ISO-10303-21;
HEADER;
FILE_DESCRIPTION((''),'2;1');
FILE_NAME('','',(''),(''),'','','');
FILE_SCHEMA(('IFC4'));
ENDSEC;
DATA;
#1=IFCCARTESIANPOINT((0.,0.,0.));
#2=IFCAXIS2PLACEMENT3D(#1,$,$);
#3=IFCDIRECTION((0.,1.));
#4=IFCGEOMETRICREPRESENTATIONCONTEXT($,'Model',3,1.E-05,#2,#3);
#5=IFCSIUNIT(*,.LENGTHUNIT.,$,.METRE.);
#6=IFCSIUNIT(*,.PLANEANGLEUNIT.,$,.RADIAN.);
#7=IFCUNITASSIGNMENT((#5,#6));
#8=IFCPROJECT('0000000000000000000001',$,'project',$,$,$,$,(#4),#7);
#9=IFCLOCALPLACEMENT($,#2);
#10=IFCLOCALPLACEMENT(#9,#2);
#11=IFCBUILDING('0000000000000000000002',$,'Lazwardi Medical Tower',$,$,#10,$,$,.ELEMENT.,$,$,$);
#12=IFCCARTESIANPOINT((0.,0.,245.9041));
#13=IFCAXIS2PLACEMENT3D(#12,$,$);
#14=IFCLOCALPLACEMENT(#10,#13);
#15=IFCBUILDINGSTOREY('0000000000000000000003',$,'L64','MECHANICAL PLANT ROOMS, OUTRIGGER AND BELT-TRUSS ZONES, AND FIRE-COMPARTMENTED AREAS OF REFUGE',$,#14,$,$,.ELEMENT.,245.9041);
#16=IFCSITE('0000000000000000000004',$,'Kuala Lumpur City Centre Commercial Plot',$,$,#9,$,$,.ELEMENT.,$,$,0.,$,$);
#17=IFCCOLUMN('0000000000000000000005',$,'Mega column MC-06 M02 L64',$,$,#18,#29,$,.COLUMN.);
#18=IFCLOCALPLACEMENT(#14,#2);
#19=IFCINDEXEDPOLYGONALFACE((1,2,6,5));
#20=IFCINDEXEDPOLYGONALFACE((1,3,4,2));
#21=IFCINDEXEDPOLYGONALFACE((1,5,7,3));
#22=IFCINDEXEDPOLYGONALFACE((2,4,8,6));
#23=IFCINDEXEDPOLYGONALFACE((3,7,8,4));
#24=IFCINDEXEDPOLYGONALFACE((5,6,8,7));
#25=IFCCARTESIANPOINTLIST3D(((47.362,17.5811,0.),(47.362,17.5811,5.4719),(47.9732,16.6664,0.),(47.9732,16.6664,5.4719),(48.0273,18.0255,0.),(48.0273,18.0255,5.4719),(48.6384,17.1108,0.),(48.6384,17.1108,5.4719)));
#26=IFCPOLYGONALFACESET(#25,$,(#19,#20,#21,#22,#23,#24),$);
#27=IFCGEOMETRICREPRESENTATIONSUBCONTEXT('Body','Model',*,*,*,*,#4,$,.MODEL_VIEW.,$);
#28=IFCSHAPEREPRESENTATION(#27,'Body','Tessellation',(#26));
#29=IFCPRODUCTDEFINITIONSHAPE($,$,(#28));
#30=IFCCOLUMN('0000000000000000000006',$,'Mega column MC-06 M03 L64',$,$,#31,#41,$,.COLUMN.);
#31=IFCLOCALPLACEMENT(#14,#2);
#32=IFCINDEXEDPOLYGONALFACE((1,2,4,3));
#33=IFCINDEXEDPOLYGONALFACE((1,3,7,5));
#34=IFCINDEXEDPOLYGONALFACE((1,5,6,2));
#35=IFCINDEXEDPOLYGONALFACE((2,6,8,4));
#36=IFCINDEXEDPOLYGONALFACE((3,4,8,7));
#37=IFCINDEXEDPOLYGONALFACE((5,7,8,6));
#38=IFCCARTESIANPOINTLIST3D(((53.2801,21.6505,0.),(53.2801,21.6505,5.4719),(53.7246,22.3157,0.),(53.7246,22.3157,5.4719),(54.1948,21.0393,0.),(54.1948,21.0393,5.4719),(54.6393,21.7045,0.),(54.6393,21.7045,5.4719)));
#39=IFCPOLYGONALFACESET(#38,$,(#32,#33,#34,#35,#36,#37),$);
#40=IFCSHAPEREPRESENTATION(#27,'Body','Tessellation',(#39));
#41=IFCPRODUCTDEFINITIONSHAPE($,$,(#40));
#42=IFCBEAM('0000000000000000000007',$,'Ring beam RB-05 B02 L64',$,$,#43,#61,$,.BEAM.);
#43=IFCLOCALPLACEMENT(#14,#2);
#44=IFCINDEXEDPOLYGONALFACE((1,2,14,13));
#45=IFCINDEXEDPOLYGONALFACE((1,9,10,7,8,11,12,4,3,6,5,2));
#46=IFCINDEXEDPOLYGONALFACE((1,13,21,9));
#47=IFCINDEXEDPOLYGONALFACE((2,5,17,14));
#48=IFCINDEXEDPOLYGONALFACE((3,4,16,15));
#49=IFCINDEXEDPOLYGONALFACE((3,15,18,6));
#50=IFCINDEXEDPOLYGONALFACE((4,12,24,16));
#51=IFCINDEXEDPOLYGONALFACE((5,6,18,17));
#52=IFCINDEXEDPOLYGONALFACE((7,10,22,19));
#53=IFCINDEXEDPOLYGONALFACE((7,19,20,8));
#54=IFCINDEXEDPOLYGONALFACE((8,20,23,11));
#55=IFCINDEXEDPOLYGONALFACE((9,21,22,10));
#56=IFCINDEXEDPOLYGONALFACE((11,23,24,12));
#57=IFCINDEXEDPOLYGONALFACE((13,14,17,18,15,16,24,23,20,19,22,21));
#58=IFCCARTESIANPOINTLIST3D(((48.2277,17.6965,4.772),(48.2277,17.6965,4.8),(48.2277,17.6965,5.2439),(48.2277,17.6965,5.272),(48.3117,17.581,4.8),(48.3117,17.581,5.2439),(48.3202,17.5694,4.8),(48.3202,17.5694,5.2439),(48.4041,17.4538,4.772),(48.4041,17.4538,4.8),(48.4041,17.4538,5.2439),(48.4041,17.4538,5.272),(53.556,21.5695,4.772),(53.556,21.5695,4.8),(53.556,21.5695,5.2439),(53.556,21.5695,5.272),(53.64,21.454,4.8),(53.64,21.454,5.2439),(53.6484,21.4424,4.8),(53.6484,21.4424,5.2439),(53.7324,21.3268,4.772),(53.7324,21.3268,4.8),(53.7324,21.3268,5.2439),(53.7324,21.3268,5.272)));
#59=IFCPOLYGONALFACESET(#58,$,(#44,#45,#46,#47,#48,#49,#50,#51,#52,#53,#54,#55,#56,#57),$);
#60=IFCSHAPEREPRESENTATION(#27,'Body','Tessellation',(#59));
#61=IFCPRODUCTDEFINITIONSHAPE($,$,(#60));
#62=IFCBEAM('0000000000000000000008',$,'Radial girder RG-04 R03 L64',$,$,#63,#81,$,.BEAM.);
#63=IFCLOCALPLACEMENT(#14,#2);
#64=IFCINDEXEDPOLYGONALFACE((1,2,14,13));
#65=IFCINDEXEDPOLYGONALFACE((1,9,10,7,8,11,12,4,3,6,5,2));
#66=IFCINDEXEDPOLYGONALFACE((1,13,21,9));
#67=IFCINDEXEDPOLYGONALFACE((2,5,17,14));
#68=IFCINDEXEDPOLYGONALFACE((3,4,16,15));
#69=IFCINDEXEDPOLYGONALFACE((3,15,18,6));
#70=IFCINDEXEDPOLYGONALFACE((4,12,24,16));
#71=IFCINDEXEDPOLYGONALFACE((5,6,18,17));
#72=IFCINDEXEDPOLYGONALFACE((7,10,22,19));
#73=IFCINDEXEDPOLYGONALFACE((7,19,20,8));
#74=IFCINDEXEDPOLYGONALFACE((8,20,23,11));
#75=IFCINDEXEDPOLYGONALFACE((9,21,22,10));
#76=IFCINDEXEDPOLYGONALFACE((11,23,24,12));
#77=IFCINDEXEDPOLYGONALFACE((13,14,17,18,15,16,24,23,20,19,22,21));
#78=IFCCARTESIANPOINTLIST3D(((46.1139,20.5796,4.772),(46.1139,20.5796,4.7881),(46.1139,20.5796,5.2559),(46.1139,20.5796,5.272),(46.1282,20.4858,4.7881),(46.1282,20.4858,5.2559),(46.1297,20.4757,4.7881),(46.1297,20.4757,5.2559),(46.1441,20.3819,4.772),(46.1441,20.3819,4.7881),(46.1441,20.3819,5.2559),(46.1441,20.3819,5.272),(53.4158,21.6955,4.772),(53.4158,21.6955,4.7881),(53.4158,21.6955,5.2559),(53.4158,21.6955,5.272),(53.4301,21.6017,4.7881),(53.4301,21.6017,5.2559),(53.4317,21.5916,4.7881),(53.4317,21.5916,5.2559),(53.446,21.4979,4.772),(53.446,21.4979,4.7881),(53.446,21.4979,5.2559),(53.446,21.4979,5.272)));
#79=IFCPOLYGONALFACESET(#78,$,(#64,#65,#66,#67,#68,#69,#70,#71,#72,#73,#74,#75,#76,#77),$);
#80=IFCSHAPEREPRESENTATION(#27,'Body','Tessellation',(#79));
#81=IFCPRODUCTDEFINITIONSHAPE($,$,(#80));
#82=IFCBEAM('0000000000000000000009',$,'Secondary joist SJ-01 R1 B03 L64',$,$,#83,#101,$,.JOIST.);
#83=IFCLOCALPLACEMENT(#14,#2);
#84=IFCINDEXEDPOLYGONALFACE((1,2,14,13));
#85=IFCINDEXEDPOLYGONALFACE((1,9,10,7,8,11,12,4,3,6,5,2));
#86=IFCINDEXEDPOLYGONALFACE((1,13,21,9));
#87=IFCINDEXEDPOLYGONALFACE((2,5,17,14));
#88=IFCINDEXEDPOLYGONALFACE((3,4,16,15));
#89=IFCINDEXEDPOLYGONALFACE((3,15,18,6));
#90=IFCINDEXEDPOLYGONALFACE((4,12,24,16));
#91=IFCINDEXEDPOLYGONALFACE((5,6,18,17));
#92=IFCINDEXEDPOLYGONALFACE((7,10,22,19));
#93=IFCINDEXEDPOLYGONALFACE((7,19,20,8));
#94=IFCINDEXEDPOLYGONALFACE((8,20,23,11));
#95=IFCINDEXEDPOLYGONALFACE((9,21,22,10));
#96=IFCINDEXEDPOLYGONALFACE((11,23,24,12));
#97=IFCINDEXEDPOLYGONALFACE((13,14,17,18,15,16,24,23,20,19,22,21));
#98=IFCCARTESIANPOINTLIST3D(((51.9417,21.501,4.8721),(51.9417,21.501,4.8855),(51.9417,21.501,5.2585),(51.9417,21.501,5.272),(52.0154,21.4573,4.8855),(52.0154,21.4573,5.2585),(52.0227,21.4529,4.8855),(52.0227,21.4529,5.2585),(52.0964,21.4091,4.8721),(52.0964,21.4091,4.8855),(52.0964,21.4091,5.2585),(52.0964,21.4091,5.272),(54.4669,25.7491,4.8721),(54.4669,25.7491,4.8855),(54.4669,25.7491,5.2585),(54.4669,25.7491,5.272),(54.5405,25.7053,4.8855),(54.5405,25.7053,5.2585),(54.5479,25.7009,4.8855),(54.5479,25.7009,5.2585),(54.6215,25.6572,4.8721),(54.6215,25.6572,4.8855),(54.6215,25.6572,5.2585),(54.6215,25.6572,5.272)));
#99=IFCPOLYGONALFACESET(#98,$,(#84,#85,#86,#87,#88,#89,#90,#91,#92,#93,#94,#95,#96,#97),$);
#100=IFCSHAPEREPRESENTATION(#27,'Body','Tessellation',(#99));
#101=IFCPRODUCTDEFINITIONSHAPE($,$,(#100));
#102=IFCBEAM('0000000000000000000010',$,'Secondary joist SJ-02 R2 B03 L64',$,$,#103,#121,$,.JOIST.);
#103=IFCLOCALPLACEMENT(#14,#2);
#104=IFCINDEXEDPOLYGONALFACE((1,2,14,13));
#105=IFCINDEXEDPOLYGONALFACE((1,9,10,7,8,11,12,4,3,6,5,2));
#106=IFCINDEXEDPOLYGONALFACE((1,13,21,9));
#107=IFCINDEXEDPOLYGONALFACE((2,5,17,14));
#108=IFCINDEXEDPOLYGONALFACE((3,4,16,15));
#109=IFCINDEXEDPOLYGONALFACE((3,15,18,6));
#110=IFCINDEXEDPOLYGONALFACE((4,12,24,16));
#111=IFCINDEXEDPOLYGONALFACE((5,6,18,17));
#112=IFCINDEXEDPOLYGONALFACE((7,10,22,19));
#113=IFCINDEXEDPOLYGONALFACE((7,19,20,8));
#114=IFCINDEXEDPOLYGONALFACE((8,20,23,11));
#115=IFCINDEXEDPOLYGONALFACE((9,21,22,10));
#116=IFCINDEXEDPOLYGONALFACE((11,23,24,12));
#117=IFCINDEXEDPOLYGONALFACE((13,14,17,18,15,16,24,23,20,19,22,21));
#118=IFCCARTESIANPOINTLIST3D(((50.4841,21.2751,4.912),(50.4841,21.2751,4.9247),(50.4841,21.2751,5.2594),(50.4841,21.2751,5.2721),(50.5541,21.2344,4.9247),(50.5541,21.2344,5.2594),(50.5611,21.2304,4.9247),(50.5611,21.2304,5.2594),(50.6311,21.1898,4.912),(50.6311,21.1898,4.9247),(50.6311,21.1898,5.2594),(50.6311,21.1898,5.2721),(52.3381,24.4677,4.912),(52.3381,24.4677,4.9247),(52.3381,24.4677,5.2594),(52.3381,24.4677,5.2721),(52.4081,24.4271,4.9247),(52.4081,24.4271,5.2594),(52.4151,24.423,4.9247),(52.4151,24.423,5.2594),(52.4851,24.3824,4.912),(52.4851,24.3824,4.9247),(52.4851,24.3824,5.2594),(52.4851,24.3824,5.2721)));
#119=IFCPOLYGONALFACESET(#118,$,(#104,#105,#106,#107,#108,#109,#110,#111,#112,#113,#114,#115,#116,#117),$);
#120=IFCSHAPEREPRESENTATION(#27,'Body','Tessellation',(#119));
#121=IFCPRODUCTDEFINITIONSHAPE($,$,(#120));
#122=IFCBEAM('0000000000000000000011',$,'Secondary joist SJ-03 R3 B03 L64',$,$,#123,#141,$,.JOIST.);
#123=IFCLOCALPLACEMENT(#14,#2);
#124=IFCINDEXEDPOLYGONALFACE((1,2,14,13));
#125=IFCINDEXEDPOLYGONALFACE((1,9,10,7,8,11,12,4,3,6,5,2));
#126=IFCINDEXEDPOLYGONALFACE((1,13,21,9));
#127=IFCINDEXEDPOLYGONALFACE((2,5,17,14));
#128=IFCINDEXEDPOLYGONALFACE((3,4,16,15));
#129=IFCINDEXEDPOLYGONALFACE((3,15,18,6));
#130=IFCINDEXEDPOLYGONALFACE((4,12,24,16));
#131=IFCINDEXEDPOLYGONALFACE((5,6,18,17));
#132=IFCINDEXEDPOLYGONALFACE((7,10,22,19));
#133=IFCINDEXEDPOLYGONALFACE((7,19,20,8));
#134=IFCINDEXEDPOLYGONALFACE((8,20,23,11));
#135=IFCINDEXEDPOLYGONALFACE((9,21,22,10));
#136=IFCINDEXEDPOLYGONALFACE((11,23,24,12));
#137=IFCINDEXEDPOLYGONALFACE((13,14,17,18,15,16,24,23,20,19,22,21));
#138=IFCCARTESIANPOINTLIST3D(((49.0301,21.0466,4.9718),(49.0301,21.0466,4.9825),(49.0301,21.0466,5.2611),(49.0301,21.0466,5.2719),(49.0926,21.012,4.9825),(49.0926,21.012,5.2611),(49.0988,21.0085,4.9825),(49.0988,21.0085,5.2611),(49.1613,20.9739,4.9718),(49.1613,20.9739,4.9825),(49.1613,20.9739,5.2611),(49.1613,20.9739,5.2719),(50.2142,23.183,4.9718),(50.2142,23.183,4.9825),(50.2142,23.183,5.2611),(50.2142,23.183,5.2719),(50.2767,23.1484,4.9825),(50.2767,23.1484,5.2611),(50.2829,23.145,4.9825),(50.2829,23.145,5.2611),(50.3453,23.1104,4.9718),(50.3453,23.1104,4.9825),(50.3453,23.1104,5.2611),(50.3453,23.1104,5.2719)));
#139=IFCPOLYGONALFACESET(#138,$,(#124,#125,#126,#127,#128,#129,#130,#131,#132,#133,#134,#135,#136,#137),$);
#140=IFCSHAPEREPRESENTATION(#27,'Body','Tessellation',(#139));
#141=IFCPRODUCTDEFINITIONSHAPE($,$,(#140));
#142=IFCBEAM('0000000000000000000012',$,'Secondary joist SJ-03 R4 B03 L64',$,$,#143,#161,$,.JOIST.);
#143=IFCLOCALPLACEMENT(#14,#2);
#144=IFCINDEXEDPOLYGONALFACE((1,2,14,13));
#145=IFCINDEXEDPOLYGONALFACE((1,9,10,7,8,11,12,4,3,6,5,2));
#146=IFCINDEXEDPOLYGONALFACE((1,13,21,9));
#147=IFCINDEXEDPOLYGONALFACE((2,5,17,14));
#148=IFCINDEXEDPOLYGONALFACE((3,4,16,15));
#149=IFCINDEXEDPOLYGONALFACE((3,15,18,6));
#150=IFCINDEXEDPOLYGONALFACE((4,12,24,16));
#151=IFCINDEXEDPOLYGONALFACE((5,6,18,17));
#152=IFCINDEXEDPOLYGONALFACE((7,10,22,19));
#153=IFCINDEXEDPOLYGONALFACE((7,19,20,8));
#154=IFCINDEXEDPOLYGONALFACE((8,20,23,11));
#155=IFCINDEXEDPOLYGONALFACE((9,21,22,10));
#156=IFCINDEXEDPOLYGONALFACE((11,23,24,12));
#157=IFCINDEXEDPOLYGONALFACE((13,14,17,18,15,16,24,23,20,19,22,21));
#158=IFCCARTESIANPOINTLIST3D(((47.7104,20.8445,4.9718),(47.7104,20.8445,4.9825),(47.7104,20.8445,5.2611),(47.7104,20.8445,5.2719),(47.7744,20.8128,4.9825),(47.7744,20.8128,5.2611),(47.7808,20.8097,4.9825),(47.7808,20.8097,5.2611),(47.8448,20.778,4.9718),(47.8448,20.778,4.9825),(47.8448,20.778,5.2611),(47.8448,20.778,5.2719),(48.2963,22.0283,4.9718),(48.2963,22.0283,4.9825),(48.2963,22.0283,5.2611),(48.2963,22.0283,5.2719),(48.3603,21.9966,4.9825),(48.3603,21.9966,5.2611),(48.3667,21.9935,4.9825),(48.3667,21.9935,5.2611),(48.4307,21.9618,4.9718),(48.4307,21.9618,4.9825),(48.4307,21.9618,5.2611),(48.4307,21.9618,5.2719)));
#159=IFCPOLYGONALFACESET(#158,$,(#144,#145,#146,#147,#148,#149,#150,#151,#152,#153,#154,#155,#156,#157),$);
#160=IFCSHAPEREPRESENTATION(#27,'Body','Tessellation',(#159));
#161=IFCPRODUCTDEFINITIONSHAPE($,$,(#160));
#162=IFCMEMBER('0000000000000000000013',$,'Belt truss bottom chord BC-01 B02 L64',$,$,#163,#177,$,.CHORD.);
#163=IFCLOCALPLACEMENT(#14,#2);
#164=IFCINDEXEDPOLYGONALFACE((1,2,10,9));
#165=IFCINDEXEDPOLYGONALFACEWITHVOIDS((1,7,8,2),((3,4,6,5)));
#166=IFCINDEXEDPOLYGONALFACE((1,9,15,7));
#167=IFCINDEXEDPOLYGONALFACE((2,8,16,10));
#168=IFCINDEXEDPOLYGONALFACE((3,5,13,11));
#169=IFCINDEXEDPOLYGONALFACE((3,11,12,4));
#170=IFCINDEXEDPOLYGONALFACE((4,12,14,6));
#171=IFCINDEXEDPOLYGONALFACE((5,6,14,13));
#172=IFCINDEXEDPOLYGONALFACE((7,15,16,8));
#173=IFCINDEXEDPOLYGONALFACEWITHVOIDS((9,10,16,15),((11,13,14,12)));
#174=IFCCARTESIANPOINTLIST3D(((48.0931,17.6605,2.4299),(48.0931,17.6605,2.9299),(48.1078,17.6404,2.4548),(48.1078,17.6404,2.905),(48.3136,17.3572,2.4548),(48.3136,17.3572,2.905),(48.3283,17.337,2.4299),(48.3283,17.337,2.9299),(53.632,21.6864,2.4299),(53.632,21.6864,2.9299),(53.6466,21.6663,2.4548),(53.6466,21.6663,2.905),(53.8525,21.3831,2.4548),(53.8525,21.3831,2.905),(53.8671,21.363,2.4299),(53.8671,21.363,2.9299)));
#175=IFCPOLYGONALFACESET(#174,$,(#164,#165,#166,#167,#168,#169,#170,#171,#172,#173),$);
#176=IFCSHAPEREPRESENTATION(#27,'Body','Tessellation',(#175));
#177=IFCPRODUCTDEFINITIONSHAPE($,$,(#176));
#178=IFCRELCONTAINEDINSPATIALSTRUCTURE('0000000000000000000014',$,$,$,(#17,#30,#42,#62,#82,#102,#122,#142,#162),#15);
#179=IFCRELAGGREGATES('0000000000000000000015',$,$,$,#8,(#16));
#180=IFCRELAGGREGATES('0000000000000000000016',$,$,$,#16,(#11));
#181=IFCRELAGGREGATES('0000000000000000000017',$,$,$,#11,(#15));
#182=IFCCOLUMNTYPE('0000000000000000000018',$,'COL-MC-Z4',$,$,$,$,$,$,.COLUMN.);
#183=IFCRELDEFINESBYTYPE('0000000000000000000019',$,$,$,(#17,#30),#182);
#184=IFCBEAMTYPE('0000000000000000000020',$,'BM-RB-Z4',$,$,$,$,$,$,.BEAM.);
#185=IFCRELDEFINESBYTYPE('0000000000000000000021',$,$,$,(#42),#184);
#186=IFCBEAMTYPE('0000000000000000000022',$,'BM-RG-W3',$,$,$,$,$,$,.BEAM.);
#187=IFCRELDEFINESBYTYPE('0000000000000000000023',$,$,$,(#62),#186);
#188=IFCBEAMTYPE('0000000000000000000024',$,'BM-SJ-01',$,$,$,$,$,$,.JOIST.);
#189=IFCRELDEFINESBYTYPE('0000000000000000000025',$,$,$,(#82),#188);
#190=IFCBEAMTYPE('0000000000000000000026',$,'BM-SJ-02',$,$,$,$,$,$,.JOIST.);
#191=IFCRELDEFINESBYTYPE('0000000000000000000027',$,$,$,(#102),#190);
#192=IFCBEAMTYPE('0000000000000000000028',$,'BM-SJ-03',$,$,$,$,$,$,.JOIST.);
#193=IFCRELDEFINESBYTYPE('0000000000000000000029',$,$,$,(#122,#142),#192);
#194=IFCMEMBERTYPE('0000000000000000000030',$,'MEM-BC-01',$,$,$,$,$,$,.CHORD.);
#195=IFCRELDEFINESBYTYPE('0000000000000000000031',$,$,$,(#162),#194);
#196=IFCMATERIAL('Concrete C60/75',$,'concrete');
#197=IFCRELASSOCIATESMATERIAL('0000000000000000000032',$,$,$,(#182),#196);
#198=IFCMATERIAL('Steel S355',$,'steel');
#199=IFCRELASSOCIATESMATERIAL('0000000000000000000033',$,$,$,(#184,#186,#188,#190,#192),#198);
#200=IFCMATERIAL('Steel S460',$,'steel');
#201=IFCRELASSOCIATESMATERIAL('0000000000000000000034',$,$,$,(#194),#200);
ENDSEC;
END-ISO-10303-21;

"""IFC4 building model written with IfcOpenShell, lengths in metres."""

from ifc_helpers import new_model, si_unit, direction, frame, origin, origin_2d, place, context, subcontext, project, spatial, rectangle, hollow_rectangle, i_section, extrude, material, material_profile, profile_set, type_object, element, save


model = new_model("IFC4")

# Units and contexts
model_context = context("Model", 3, precision=1e-05, world=origin(), true_north=direction((0.0, 1.0)))
body_context = subcontext(model_context, "Body", "Model", "MODEL_VIEW")
ifc_project = project(units=[si_unit("LENGTHUNIT", "METRE"), si_unit("PLANEANGLEUNIT", "RADIAN")], contexts=[model_context])

# Site, building, storey
site_placement = place(None, origin())
site = spatial("IfcSite", under=ifc_project, at=site_placement, Name="Kuala Lumpur City Centre Commercial Plot", CompositionType="ELEMENT", RefElevation=0.0)
building_placement = place(site_placement, origin())
building = spatial("IfcBuilding", under=site, at=building_placement, Name="Lazwardi Medical Tower", CompositionType="ELEMENT")
storey_placement = place(building_placement, frame((0.0, 0.0, 245.9041)))
storey = spatial("IfcBuildingStorey", under=building, at=storey_placement, Name="L64", Description="MECHANICAL PLANT ROOMS, OUTRIGGER AND BELT-TRUSS ZONES, AND FIRE-COMPARTMENTED AREAS OF REFUGE", CompositionType="ELEMENT", Elevation=245.9041)

# Columns
ifc_material_1 = material(Name="Concrete C60/75", Category="concrete")
ifc_material_profile_1 = material_profile(ifc_material_1, rectangle(XDim=1.1001, YDim=0.8, at=origin_2d()), Name="CFT-RECT 1100x800")
ifc_profile_set_1 = profile_set([ifc_material_profile_1], Name="Concrete C60/75")
column_type = type_object("IfcColumnType", Name="COL-MC-Z4", PredefinedType="COLUMN", material=ifc_profile_set_1)
for number, where, z_axis, x_axis, name in (
    (1, (48.0002, 17.3459, 0.0), (0.0, 0.0, 1.0), (0.55557, -0.83147, 0.0), "Mega column MC-06 M02 L64"),
    (2, (53.9597, 21.6775, 0.0), (0.0, 0.0, 1.0), (0.83147, -0.55557, 0.0), "Mega column MC-06 M03 L64"),
):
    element("IfcColumn", number, at=place(storey_placement, frame(where, z_axis=z_axis, x_axis=x_axis)), inside=storey, type_object=column_type, Name=name, PredefinedType="COLUMN", context=body_context, shape_type="SweptSolid", body=[
        extrude(rectangle(XDim=1.1001, YDim=0.8, at=origin_2d()), origin(), (0.0, 0.0, 1.0), 5.4719),
    ])

# Beams
ifc_material_2 = material(Name="Steel S355", Category="steel")
ifc_material_profile_2 = material_profile(ifc_material_2, i_section(OverallWidth=0.3, OverallDepth=0.5, WebThickness=0.0144, FlangeThickness=0.0281, at=origin_2d()), Name="HEB 500")
ifc_profile_set_2 = profile_set([ifc_material_profile_2], Name="Steel S355")
beam_type_1 = type_object("IfcBeamType", Name="BM-RB-Z4", PredefinedType="BEAM", material=ifc_profile_set_2)
beam_1_placement = place(storey_placement, frame((48.3159, 17.5752, 5.022), z_axis=(0.80889, 0.58796, 0.0), x_axis=(-0.58796, 0.80889, 0.0)))
element("IfcBeam", 3, at=beam_1_placement, inside=storey, type_object=beam_type_1, Name="Ring beam RB-05 B02 L64", PredefinedType="BEAM", context=body_context, shape_type="SweptSolid", body=[
    extrude(i_section(OverallWidth=0.3, OverallDepth=0.5, WebThickness=0.0144, FlangeThickness=0.0281, at=origin_2d()), origin(), (0.0, 0.0, 1.0), 6.5872),
])
ifc_material_profile_3 = material_profile(ifc_material_2, i_section(OverallWidth=0.2, OverallDepth=0.5, WebThickness=0.0103, FlangeThickness=0.0161, at=origin_2d()), Name="IPE 500")
ifc_profile_set_3 = profile_set([ifc_material_profile_3], Name="Steel S355")
beam_type_2 = type_object("IfcBeamType", Name="BM-RG-W3", PredefinedType="BEAM", material=ifc_profile_set_3)
beam_2_placement = place(storey_placement, frame((53.4309, 21.5967, 5.022), z_axis=(-0.988522, -0.151076, 0.0), x_axis=(0.151076, -0.988522, 0.0)))
element("IfcBeam", 4, at=beam_2_placement, inside=storey, type_object=beam_type_2, Name="Radial girder RG-04 R03 L64", PredefinedType="BEAM", context=body_context, shape_type="SweptSolid", body=[
    extrude(i_section(OverallWidth=0.2, OverallDepth=0.5, WebThickness=0.0103, FlangeThickness=0.0161, at=origin_2d()), origin(), (0.0, 0.0, 1.0), 7.3867),
])
ifc_material_profile_4 = material_profile(ifc_material_2, i_section(OverallWidth=0.1799, OverallDepth=0.3999, WebThickness=0.0085, FlangeThickness=0.0134, at=origin_2d()), Name="IPE 400")
ifc_profile_set_4 = profile_set([ifc_material_profile_4], Name="Steel S355")
beam_type_3 = type_object("IfcBeamType", Name="BM-SJ-01", PredefinedType="JOIST", material=ifc_profile_set_4)
beam_3_placement = place(storey_placement, frame((52.019, 21.4551, 5.072), z_axis=(0.510968, 0.8596, 0.0), x_axis=(-0.8596, 0.510968, 0.0)))
element("IfcBeam", 5, at=beam_3_placement, inside=storey, type_object=beam_type_3, Name="Secondary joist SJ-01 R1 B03 L64", PredefinedType="JOIST", context=body_context, shape_type="SweptSolid", body=[
    extrude(i_section(OverallWidth=0.1799, OverallDepth=0.3999, WebThickness=0.0085, FlangeThickness=0.0134, at=origin_2d()), origin(), (0.0, 0.0, 1.0), 4.9419),
])
ifc_material_profile_5 = material_profile(ifc_material_2, i_section(OverallWidth=0.1699, OverallDepth=0.3601, WebThickness=0.0081, FlangeThickness=0.0127, at=origin_2d()), Name="IPE 360")
ifc_profile_set_5 = profile_set([ifc_material_profile_5], Name="Steel S355")
beam_type_4 = type_object("IfcBeamType", Name="BM-SJ-02", PredefinedType="JOIST", material=ifc_profile_set_5)
beam_4_placement = place(storey_placement, frame((50.5576, 21.2324, 5.092), z_axis=(0.50218, 0.864763, 0.0), x_axis=(-0.864763, 0.50218, 0.0)))
element("IfcBeam", 6, at=beam_4_placement, inside=storey, type_object=beam_type_4, Name="Secondary joist SJ-02 R2 B03 L64", PredefinedType="JOIST", context=body_context, shape_type="SweptSolid", body=[
    extrude(i_section(OverallWidth=0.1699, OverallDepth=0.3601, WebThickness=0.0081, FlangeThickness=0.0127, at=origin_2d()), origin(), (0.0, 0.0, 1.0), 3.6919),
])
ifc_material_profile_6 = material_profile(ifc_material_2, i_section(OverallWidth=0.1499, OverallDepth=0.3, WebThickness=0.0071, FlangeThickness=0.0107, at=origin_2d()), Name="IPE 300")
ifc_profile_set_6 = profile_set([ifc_material_profile_6], Name="Steel S355")
beam_type_5 = type_object("IfcBeamType", Name="BM-SJ-03", PredefinedType="JOIST", material=ifc_profile_set_6)
beam_5_placement = place(storey_placement, frame((49.0957, 21.0103, 5.1218), z_axis=(0.484752, 0.874652, 0.0), x_axis=(-0.874652, 0.484752, 0.0)))
element("IfcBeam", 7, at=beam_5_placement, inside=storey, type_object=beam_type_5, Name="Secondary joist SJ-03 R3 B03 L64", PredefinedType="JOIST", context=body_context, shape_type="SweptSolid", body=[
    extrude(i_section(OverallWidth=0.1499, OverallDepth=0.3, WebThickness=0.0071, FlangeThickness=0.0107, at=origin_2d()), origin(), (0.0, 0.0, 1.0), 2.4426),
])
beam_6_placement = place(storey_placement, frame((47.7776, 20.8113, 5.1218), z_axis=(0.443587, 0.896231, 0.0), x_axis=(-0.896231, 0.443587, 0.0)))
element("IfcBeam", 8, at=beam_6_placement, inside=storey, type_object=beam_type_5, Name="Secondary joist SJ-03 R4 B03 L64", PredefinedType="JOIST", context=body_context, shape_type="SweptSolid", body=[
    extrude(i_section(OverallWidth=0.1499, OverallDepth=0.3, WebThickness=0.0071, FlangeThickness=0.0107, at=origin_2d()), origin(), (0.0, 0.0, 1.0), 1.3208),
])

# Member
ifc_material_3 = material(Name="Steel S460", Category="steel")
ifc_material_profile_7 = material_profile(ifc_material_3, hollow_rectangle(XDim=0.3999, YDim=0.5, WallThickness=0.0249, at=origin_2d()), Name="RHS 500x400x25")
ifc_profile_set_7 = profile_set([ifc_material_profile_7], Name="Steel S460")
member_type_1 = type_object("IfcMemberType", Name="MEM-BC-01", PredefinedType="CHORD", material=ifc_profile_set_7)
for number, where, z_axis, x_axis, name in (
    (9, (48.2107, 17.4988, 2.6799), (0.808899, 0.587947, 0.0), (-0.587947, 0.808899, 0.0), "Belt truss bottom chord BC-01 B02 L64"),
):
    element("IfcMember", number, at=place(storey_placement, frame(where, z_axis=z_axis, x_axis=x_axis)), inside=storey, type_object=member_type_1, Name=name, PredefinedType="CHORD", context=body_context, shape_type="SweptSolid", body=[
        extrude(hollow_rectangle(XDim=0.3999, YDim=0.5, WallThickness=0.0249, at=origin_2d()), origin(), (0.0, 0.0, 1.0), 6.8474),
    ])

save(model, "model.ifc")
